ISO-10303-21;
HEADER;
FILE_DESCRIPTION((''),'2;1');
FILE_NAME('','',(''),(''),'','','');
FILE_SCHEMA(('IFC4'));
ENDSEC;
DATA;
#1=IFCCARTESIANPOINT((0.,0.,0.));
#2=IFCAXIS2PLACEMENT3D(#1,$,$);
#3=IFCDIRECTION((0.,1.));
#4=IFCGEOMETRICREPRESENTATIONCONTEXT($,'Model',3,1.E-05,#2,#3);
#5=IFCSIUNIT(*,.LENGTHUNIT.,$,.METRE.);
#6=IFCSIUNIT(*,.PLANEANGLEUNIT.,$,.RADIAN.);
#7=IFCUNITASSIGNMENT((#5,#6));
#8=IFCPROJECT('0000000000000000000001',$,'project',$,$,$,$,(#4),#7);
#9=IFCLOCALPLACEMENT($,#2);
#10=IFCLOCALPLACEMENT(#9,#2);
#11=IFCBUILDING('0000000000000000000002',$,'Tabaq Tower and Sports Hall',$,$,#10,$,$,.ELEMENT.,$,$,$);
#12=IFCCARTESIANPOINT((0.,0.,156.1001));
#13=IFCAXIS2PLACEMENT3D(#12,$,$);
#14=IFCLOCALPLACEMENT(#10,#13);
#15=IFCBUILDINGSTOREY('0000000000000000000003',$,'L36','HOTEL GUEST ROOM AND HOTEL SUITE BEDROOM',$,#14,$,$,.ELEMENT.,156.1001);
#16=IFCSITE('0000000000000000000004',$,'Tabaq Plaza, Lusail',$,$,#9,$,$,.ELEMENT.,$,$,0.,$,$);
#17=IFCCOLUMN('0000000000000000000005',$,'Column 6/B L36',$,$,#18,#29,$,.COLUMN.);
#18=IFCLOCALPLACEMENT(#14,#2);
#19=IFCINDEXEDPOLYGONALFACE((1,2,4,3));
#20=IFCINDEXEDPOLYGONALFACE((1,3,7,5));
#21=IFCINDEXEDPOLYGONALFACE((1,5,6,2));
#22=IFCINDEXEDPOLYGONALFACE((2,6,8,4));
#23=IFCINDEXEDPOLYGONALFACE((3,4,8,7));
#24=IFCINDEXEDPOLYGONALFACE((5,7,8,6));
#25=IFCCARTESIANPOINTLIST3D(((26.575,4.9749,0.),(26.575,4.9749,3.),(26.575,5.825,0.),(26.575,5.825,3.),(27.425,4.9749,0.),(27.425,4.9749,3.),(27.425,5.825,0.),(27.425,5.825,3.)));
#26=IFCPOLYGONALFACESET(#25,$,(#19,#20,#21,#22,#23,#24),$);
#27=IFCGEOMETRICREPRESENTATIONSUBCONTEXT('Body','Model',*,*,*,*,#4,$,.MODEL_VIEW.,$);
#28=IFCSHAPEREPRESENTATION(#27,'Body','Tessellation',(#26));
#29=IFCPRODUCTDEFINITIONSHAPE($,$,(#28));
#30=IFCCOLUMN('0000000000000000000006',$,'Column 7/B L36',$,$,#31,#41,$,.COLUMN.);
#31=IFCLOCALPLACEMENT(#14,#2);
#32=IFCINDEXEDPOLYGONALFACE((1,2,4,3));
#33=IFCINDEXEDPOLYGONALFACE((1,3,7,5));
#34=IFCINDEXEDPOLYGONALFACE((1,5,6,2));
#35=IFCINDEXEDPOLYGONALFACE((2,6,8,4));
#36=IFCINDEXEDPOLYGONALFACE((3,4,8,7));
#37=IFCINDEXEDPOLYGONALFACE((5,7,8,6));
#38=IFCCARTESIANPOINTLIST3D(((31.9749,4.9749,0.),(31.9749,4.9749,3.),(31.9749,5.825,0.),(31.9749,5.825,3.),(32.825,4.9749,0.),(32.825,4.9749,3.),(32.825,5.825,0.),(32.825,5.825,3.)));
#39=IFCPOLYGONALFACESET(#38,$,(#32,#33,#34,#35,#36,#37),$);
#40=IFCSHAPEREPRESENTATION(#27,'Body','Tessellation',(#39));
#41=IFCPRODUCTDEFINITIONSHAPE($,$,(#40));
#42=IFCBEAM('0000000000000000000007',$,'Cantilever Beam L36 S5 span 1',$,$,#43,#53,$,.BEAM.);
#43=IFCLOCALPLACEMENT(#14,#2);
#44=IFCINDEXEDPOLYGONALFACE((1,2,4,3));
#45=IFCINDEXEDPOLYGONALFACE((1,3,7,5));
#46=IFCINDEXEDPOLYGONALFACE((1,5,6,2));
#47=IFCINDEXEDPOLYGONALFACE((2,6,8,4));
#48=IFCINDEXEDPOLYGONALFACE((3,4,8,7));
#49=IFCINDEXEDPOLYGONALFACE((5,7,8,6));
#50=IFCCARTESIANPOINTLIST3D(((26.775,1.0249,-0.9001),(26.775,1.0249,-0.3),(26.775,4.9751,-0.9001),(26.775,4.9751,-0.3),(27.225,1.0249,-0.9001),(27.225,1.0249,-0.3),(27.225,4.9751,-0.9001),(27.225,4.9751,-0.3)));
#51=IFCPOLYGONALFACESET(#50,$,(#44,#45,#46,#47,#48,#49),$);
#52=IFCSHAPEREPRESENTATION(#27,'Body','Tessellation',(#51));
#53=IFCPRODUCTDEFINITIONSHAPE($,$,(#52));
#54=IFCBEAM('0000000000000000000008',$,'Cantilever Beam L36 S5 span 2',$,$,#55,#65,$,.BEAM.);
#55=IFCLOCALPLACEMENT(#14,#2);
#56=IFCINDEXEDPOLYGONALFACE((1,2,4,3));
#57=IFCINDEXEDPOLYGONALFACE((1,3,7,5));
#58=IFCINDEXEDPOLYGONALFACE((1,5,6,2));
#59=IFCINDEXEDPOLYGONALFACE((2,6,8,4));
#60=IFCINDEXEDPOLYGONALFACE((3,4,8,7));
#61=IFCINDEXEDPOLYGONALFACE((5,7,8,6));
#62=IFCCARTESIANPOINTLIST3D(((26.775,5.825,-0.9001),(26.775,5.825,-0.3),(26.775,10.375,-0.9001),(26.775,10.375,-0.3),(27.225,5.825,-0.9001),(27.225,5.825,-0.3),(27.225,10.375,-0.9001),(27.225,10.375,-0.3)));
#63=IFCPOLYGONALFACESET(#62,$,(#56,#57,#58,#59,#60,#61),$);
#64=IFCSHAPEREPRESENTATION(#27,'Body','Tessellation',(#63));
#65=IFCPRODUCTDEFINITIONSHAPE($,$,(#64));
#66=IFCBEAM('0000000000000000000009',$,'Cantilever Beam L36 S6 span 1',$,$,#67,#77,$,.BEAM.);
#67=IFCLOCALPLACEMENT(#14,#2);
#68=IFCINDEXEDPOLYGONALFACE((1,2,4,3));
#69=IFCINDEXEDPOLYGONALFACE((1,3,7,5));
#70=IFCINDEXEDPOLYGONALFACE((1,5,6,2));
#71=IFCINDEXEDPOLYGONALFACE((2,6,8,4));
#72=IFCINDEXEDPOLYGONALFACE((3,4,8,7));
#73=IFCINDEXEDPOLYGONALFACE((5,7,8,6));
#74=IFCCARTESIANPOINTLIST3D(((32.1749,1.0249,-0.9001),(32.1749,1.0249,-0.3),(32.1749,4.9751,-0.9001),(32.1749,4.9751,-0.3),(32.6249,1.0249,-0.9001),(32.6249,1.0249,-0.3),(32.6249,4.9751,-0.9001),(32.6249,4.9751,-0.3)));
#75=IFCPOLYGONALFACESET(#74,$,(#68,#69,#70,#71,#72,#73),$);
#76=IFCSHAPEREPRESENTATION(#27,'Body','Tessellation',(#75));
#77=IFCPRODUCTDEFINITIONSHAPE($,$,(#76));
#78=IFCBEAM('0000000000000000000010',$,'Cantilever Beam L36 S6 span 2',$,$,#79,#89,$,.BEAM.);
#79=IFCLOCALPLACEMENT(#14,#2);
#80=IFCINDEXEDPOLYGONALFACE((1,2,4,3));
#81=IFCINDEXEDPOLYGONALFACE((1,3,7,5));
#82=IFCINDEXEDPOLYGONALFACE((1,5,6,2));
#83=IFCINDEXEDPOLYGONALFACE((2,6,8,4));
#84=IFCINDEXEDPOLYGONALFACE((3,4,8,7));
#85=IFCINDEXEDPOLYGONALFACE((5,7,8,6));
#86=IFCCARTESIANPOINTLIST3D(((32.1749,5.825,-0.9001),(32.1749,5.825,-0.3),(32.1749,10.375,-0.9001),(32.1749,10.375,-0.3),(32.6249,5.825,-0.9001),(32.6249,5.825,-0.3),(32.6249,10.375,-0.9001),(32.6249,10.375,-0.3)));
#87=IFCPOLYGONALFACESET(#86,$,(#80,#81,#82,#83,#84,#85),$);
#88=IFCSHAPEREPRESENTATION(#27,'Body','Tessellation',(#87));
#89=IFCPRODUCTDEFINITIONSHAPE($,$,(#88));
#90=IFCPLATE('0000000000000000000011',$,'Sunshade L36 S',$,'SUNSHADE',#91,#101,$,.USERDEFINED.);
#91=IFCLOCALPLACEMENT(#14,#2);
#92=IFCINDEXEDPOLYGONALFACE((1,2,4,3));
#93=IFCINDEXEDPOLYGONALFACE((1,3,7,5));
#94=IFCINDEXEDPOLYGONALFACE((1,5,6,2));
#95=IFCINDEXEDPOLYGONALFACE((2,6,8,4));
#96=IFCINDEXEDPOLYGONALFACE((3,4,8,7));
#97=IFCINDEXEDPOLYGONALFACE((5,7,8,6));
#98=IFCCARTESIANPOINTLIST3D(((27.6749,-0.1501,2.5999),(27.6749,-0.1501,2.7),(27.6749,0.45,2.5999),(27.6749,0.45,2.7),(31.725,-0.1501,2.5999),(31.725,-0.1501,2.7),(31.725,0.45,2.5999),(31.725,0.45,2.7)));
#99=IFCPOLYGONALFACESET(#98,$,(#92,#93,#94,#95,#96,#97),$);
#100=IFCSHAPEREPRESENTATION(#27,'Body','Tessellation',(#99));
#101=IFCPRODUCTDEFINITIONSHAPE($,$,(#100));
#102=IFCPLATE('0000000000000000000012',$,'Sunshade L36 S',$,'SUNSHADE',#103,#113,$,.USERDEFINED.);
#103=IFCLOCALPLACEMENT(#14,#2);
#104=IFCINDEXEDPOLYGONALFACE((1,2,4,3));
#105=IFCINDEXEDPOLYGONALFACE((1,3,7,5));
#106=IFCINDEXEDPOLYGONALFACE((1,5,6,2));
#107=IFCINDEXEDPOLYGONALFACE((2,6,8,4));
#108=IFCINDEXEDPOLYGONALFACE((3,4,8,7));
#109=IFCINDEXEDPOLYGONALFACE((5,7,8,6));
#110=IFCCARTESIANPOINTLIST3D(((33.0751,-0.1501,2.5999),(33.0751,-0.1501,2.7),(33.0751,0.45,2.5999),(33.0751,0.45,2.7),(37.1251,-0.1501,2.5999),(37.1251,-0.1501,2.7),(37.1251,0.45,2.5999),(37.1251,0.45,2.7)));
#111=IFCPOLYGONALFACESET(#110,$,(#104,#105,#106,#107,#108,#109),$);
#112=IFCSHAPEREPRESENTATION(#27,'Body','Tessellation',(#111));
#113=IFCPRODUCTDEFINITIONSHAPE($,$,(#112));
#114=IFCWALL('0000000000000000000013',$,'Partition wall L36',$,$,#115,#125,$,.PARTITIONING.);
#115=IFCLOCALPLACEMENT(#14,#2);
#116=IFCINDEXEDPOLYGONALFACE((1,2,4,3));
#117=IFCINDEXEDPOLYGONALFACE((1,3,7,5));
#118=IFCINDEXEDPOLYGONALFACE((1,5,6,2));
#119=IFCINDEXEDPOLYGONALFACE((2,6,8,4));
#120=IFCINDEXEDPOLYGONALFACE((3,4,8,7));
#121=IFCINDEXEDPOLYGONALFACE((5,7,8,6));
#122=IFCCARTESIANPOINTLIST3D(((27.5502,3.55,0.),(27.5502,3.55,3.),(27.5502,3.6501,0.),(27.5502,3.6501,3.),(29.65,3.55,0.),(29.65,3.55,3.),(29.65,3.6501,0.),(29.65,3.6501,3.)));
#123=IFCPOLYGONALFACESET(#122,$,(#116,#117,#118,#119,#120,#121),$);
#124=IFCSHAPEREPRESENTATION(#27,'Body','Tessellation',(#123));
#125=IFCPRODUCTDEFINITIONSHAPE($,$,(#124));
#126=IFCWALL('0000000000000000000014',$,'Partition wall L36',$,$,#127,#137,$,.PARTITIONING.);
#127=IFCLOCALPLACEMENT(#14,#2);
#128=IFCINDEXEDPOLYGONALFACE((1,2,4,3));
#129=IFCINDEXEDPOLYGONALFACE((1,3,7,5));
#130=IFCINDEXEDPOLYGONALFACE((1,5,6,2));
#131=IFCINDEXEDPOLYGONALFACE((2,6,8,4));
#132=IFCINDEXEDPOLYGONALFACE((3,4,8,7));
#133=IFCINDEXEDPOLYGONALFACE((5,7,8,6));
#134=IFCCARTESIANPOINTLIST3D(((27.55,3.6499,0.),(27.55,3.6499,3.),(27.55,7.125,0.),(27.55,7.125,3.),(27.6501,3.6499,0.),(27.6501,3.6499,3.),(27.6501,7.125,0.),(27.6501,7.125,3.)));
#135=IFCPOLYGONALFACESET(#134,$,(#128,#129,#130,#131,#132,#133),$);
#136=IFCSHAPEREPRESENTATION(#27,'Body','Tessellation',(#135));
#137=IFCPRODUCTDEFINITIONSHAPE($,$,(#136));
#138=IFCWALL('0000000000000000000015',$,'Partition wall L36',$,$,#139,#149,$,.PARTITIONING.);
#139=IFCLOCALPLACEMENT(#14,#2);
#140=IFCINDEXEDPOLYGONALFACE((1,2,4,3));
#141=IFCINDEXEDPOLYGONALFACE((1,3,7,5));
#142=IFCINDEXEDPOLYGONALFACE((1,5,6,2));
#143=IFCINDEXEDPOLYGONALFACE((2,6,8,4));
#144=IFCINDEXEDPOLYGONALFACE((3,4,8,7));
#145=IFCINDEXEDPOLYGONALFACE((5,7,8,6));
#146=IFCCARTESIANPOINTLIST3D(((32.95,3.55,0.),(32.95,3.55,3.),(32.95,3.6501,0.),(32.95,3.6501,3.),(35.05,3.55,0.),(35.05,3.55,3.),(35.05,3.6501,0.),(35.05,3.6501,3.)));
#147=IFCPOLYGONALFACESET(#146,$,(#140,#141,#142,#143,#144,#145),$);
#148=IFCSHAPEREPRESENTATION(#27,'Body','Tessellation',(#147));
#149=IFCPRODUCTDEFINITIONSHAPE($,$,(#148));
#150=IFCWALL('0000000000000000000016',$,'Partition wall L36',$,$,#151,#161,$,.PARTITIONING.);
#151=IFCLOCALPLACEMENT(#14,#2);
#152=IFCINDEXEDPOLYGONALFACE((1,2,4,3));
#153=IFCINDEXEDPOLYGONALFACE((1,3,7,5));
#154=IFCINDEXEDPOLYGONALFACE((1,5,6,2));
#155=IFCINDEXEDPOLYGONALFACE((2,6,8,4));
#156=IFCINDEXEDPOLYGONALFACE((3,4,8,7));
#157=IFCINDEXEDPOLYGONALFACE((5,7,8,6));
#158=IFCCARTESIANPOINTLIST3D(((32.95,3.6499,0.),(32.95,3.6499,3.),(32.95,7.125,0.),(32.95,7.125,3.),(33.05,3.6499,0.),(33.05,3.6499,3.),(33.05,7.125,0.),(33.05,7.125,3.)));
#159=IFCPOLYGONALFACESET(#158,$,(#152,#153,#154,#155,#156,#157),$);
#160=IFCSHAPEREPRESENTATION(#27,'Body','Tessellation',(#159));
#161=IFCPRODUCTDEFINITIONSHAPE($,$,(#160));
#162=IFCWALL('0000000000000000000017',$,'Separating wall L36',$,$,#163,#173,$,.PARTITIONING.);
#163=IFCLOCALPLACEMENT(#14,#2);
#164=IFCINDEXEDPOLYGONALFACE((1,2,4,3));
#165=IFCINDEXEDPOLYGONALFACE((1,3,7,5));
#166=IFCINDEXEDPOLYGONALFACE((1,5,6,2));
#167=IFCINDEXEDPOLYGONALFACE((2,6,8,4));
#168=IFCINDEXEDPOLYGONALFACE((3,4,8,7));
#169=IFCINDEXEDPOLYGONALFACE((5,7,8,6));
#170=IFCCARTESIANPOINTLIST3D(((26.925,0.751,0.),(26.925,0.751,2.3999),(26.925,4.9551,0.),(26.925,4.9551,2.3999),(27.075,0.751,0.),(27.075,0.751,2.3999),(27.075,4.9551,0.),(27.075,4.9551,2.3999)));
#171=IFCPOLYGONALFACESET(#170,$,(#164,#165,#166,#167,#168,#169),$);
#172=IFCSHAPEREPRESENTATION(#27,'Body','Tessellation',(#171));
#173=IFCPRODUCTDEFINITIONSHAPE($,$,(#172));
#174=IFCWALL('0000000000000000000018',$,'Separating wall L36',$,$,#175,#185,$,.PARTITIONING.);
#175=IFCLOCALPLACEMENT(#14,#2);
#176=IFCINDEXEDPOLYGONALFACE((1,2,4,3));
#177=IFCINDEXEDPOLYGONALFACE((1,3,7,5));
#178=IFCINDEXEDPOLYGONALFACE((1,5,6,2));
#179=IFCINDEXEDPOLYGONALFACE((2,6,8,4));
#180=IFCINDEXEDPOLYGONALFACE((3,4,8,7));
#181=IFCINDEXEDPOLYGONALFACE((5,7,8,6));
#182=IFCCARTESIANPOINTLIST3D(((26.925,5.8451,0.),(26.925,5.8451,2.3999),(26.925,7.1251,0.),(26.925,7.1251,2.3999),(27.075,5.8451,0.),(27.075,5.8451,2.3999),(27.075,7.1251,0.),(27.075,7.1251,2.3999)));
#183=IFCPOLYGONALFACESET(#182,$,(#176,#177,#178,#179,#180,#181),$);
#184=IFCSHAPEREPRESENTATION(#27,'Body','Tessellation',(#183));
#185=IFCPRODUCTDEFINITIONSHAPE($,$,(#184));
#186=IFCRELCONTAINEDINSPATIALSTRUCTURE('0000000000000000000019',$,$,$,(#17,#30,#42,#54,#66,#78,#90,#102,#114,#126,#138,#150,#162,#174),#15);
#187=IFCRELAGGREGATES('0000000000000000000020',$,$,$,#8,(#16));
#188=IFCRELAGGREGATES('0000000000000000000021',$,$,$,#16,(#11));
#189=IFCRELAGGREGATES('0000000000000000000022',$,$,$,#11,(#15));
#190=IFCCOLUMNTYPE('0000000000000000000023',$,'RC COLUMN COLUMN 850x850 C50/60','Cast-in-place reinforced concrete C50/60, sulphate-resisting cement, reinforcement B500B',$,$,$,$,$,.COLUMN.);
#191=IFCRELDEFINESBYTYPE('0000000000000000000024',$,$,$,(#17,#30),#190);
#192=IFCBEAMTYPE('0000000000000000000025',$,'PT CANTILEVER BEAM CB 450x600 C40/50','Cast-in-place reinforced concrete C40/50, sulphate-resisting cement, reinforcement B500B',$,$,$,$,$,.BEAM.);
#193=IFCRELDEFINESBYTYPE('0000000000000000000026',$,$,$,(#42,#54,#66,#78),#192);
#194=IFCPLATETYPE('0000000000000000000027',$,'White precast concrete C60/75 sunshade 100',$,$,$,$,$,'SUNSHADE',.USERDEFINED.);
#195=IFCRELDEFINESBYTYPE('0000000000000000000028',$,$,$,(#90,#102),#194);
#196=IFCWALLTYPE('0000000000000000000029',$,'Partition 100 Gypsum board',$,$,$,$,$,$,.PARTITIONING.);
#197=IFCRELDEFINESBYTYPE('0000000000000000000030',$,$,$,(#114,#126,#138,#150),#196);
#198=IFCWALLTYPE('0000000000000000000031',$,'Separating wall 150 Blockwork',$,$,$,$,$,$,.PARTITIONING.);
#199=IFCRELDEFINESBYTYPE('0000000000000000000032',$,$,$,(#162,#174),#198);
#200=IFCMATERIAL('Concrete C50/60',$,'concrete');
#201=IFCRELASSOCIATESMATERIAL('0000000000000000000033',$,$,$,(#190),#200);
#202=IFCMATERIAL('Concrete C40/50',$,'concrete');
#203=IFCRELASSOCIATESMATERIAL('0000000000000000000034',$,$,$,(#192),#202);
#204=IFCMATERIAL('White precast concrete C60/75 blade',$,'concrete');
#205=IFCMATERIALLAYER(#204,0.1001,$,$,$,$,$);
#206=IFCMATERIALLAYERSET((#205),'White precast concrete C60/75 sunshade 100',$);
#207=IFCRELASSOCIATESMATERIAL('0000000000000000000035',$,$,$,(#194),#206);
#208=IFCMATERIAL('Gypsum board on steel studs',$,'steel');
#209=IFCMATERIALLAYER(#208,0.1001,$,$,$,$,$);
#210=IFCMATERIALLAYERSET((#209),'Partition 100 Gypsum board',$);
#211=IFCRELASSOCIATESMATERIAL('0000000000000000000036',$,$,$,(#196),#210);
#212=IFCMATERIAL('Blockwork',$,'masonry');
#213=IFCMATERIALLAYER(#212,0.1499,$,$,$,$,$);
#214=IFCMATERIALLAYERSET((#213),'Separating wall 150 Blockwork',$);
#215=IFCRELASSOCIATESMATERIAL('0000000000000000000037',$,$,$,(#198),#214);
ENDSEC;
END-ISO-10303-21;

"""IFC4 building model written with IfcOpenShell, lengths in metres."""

from ifc_helpers import new_model, si_unit, direction, frame, frame_2d, origin, origin_2d, place, context, subcontext, project, spatial, rectangle, extrude, material, layer, layer_set, material_profile, profile_set, type_object, element, save


model = new_model("IFC4")

# Units and contexts
model_context = context("Model", 3, precision=1e-05, world=origin(), true_north=direction((0.0, 1.0)))
body_context = subcontext(model_context, "Body", "Model", "MODEL_VIEW")
ifc_project = project(units=[si_unit("LENGTHUNIT", "METRE"), si_unit("PLANEANGLEUNIT", "RADIAN")], contexts=[model_context])

# Site, building, storey
site_placement = place(None, origin())
site = spatial("IfcSite", under=ifc_project, at=site_placement, Name="Tabaq Plaza, Lusail", CompositionType="ELEMENT", RefElevation=0.0)
building_placement = place(site_placement, origin())
building = spatial("IfcBuilding", under=site, at=building_placement, Name="Tabaq Tower and Sports Hall", CompositionType="ELEMENT")
storey_placement = place(building_placement, frame((0.0, 0.0, 156.1001)))
storey = spatial("IfcBuildingStorey", under=building, at=storey_placement, Name="L36", Description="HOTEL GUEST ROOM AND HOTEL SUITE BEDROOM", CompositionType="ELEMENT", Elevation=156.1001)

# Columns
ifc_material_1 = material(Name="Concrete C50/60", Category="concrete")
ifc_material_profile_1 = material_profile(ifc_material_1, rectangle(XDim=0.8501, YDim=0.8501, at=origin_2d()), Name="COLUMN 850x850")
ifc_profile_set_1 = profile_set([ifc_material_profile_1], Name="Concrete C50/60")
column_type = type_object("IfcColumnType", Name="RC COLUMN COLUMN 850x850 C50/60", Description="Cast-in-place reinforced concrete C50/60, sulphate-resisting cement, reinforcement B500B", PredefinedType="COLUMN", material=ifc_profile_set_1)
for number, where, z_axis, x_axis, name in (
    (1, (27.0, 5.3999, 0.0), (0.0, 0.0, 1.0), (1.0, 0.0, 0.0), "Column 6/B L36"),
    (2, (32.3999, 5.3999, 0.0), (0.0, 0.0, 1.0), (1.0, 0.0, 0.0), "Column 7/B L36"),
):
    element("IfcColumn", number, at=place(storey_placement, frame(where, z_axis=z_axis, x_axis=x_axis)), inside=storey, type_object=column_type, Name=name, PredefinedType="COLUMN", context=body_context, shape_type="SweptSolid", body=[
        extrude(rectangle(XDim=0.8501, YDim=0.8501, at=origin_2d()), origin(), (0.0, 0.0, 1.0), 3.0),
    ])

# Beams
ifc_material_2 = material(Name="Concrete C40/50", Category="concrete")
ifc_material_profile_2 = material_profile(ifc_material_2, rectangle(XDim=0.45, YDim=0.6001, at=origin_2d()), Name="CB 450x600")
ifc_profile_set_2 = profile_set([ifc_material_profile_2], Name="Concrete C40/50")
beam_type = type_object("IfcBeamType", Name="PT CANTILEVER BEAM CB 450x600 C40/50", Description="Cast-in-place reinforced concrete C40/50, sulphate-resisting cement, reinforcement B500B", PredefinedType="BEAM", material=ifc_profile_set_2)
beam_1_placement = place(storey_placement, frame((27.0, 1.0249, -0.6001), z_axis=(0.0, 1.0, 0.0), x_axis=(-1.0, 0.0, 0.0)))
element("IfcBeam", 3, at=beam_1_placement, inside=storey, type_object=beam_type, Name="Cantilever Beam L36 S5 span 1", PredefinedType="BEAM", context=body_context, shape_type="SweptSolid", body=[
    extrude(rectangle(XDim=0.45, YDim=0.6001, at=origin_2d()), origin(), (0.0, 0.0, 1.0), 3.9502),
])
beam_2_placement = place(storey_placement, frame((27.0, 5.825, -0.6001), z_axis=(0.0, 1.0, 0.0), x_axis=(-1.0, 0.0, 0.0)))
element("IfcBeam", 4, at=beam_2_placement, inside=storey, type_object=beam_type, Name="Cantilever Beam L36 S5 span 2", PredefinedType="BEAM", context=body_context, shape_type="SweptSolid", body=[
    extrude(rectangle(XDim=0.45, YDim=0.6001, at=origin_2d()), origin(), (0.0, 0.0, 1.0), 4.55),
])
beam_3_placement = place(storey_placement, frame((32.3999, 1.0249, -0.6001), z_axis=(0.0, 1.0, 0.0), x_axis=(-1.0, 0.0, 0.0)))
element("IfcBeam", 5, at=beam_3_placement, inside=storey, type_object=beam_type, Name="Cantilever Beam L36 S6 span 1", PredefinedType="BEAM", context=body_context, shape_type="SweptSolid", body=[
    extrude(rectangle(XDim=0.45, YDim=0.6001, at=origin_2d()), origin(), (0.0, 0.0, 1.0), 3.9502),
])
beam_4_placement = place(storey_placement, frame((32.3999, 5.825, -0.6001), z_axis=(0.0, 1.0, 0.0), x_axis=(-1.0, 0.0, 0.0)))
element("IfcBeam", 6, at=beam_4_placement, inside=storey, type_object=beam_type, Name="Cantilever Beam L36 S6 span 2", PredefinedType="BEAM", context=body_context, shape_type="SweptSolid", body=[
    extrude(rectangle(XDim=0.45, YDim=0.6001, at=origin_2d()), origin(), (0.0, 0.0, 1.0), 4.55),
])

# Plates
ifc_material_3 = material(Name="White precast concrete C60/75 blade", Category="concrete")
ifc_layer_1 = layer(ifc_material_3, 0.1001)
ifc_layer_set_1 = layer_set([ifc_layer_1], Name="White precast concrete C60/75 sunshade 100")
plate_type = type_object("IfcPlateType", Name="White precast concrete C60/75 sunshade 100", ElementType="SUNSHADE", PredefinedType="USERDEFINED", material=ifc_layer_set_1)
for number, where, z_axis, x_axis, name in (
    (7, (29.7, 0.1499, 2.5999), (0.0, 0.0, 1.0), (1.0, 0.0, 0.0), "Sunshade L36 S"),
    (8, (35.1001, 0.1499, 2.5999), (0.0, 0.0, 1.0), (1.0, 0.0, 0.0), "Sunshade L36 S"),
):
    element("IfcPlate", number, at=place(storey_placement, frame(where, z_axis=z_axis, x_axis=x_axis)), inside=storey, type_object=plate_type, Name=name, ObjectType="SUNSHADE", PredefinedType="USERDEFINED", context=body_context, shape_type="SweptSolid", body=[
        extrude(rectangle(XDim=4.05, YDim=0.6001, at=origin_2d()), origin(), (0.0, 0.0, 1.0), 0.1001),
    ])

# Walls
ifc_material_4 = material(Name="Gypsum board on steel studs", Category="steel")
ifc_layer_2 = layer(ifc_material_4, 0.1001)
ifc_layer_set_2 = layer_set([ifc_layer_2], Name="Partition 100 Gypsum board")
wall_type_1 = type_object("IfcWallType", Name="Partition 100 Gypsum board", PredefinedType="PARTITIONING", material=ifc_layer_set_2)
wall_1_placement = place(storey_placement, frame((29.6499, 3.6001, 0.0), z_axis=(0.0, 0.0, 1.0), x_axis=(-1.0, 0.0, 0.0)))
element("IfcWall", 9, at=wall_1_placement, inside=storey, type_object=wall_type_1, Name="Partition wall L36", PredefinedType="PARTITIONING", context=body_context, shape_type="SweptSolid", body=[
    extrude(rectangle(XDim=2.0999, YDim=0.1001, at=frame_2d((1.0498, 0.0))), origin(), (0.0, 0.0, 1.0), 3.0),
])
wall_2_placement = place(storey_placement, frame((27.6001, 3.6499, 0.0), z_axis=(0.0, 0.0, 1.0), x_axis=(0.0, 1.0, 0.0)))
element("IfcWall", 10, at=wall_2_placement, inside=storey, type_object=wall_type_1, Name="Partition wall L36", PredefinedType="PARTITIONING", context=body_context, shape_type="SweptSolid", body=[
    extrude(rectangle(XDim=3.4751, YDim=0.1001, at=frame_2d((1.7375, 0.0))), origin(), (0.0, 0.0, 1.0), 3.0),
])
wall_3_placement = place(storey_placement, frame((35.05, 3.6001, 0.0), z_axis=(0.0, 0.0, 1.0), x_axis=(-1.0, 0.0, 0.0)))
element("IfcWall", 11, at=wall_3_placement, inside=storey, type_object=wall_type_1, Name="Partition wall L36", PredefinedType="PARTITIONING", context=body_context, shape_type="SweptSolid", body=[
    extrude(rectangle(XDim=2.1001, YDim=0.1001, at=frame_2d((1.05, 0.0))), origin(), (0.0, 0.0, 1.0), 3.0),
])
wall_4_placement = place(storey_placement, frame((33.0, 3.6499, 0.0), z_axis=(0.0, 0.0, 1.0), x_axis=(0.0, 1.0, 0.0)))
element("IfcWall", 12, at=wall_4_placement, inside=storey, type_object=wall_type_1, Name="Partition wall L36", PredefinedType="PARTITIONING", context=body_context, shape_type="SweptSolid", body=[
    extrude(rectangle(XDim=3.4751, YDim=0.1001, at=frame_2d((1.7375, 0.0))), origin(), (0.0, 0.0, 1.0), 3.0),
])
ifc_material_5 = material(Name="Blockwork", Category="masonry")
ifc_layer_3 = layer(ifc_material_5, 0.1499)
ifc_layer_set_3 = layer_set([ifc_layer_3], Name="Separating wall 150 Blockwork")
wall_type_2 = type_object("IfcWallType", Name="Separating wall 150 Blockwork", PredefinedType="PARTITIONING", material=ifc_layer_set_3)
wall_5_placement = place(storey_placement, frame((27.0, 0.751, 0.0), z_axis=(0.0, 0.0, 1.0), x_axis=(0.0, 1.0, 0.0)))
element("IfcWall", 13, at=wall_5_placement, inside=storey, type_object=wall_type_2, Name="Separating wall L36", PredefinedType="PARTITIONING", context=body_context, shape_type="SweptSolid", body=[
    extrude(rectangle(XDim=4.2041, YDim=0.1499, at=frame_2d((2.1021, 0.0))), origin(), (0.0, 0.0, 1.0), 2.3999),
])
wall_6_placement = place(storey_placement, frame((27.0, 5.845, 0.0), z_axis=(0.0, 0.0, 1.0), x_axis=(0.0, 1.0, 0.0)))
element("IfcWall", 14, at=wall_6_placement, inside=storey, type_object=wall_type_2, Name="Separating wall L36", PredefinedType="PARTITIONING", context=body_context, shape_type="SweptSolid", body=[
    extrude(rectangle(XDim=1.28, YDim=0.1499, at=frame_2d((0.6401, 0.0))), origin(), (0.0, 0.0, 1.0), 2.3999),
])

save(model, "model.ifc")
